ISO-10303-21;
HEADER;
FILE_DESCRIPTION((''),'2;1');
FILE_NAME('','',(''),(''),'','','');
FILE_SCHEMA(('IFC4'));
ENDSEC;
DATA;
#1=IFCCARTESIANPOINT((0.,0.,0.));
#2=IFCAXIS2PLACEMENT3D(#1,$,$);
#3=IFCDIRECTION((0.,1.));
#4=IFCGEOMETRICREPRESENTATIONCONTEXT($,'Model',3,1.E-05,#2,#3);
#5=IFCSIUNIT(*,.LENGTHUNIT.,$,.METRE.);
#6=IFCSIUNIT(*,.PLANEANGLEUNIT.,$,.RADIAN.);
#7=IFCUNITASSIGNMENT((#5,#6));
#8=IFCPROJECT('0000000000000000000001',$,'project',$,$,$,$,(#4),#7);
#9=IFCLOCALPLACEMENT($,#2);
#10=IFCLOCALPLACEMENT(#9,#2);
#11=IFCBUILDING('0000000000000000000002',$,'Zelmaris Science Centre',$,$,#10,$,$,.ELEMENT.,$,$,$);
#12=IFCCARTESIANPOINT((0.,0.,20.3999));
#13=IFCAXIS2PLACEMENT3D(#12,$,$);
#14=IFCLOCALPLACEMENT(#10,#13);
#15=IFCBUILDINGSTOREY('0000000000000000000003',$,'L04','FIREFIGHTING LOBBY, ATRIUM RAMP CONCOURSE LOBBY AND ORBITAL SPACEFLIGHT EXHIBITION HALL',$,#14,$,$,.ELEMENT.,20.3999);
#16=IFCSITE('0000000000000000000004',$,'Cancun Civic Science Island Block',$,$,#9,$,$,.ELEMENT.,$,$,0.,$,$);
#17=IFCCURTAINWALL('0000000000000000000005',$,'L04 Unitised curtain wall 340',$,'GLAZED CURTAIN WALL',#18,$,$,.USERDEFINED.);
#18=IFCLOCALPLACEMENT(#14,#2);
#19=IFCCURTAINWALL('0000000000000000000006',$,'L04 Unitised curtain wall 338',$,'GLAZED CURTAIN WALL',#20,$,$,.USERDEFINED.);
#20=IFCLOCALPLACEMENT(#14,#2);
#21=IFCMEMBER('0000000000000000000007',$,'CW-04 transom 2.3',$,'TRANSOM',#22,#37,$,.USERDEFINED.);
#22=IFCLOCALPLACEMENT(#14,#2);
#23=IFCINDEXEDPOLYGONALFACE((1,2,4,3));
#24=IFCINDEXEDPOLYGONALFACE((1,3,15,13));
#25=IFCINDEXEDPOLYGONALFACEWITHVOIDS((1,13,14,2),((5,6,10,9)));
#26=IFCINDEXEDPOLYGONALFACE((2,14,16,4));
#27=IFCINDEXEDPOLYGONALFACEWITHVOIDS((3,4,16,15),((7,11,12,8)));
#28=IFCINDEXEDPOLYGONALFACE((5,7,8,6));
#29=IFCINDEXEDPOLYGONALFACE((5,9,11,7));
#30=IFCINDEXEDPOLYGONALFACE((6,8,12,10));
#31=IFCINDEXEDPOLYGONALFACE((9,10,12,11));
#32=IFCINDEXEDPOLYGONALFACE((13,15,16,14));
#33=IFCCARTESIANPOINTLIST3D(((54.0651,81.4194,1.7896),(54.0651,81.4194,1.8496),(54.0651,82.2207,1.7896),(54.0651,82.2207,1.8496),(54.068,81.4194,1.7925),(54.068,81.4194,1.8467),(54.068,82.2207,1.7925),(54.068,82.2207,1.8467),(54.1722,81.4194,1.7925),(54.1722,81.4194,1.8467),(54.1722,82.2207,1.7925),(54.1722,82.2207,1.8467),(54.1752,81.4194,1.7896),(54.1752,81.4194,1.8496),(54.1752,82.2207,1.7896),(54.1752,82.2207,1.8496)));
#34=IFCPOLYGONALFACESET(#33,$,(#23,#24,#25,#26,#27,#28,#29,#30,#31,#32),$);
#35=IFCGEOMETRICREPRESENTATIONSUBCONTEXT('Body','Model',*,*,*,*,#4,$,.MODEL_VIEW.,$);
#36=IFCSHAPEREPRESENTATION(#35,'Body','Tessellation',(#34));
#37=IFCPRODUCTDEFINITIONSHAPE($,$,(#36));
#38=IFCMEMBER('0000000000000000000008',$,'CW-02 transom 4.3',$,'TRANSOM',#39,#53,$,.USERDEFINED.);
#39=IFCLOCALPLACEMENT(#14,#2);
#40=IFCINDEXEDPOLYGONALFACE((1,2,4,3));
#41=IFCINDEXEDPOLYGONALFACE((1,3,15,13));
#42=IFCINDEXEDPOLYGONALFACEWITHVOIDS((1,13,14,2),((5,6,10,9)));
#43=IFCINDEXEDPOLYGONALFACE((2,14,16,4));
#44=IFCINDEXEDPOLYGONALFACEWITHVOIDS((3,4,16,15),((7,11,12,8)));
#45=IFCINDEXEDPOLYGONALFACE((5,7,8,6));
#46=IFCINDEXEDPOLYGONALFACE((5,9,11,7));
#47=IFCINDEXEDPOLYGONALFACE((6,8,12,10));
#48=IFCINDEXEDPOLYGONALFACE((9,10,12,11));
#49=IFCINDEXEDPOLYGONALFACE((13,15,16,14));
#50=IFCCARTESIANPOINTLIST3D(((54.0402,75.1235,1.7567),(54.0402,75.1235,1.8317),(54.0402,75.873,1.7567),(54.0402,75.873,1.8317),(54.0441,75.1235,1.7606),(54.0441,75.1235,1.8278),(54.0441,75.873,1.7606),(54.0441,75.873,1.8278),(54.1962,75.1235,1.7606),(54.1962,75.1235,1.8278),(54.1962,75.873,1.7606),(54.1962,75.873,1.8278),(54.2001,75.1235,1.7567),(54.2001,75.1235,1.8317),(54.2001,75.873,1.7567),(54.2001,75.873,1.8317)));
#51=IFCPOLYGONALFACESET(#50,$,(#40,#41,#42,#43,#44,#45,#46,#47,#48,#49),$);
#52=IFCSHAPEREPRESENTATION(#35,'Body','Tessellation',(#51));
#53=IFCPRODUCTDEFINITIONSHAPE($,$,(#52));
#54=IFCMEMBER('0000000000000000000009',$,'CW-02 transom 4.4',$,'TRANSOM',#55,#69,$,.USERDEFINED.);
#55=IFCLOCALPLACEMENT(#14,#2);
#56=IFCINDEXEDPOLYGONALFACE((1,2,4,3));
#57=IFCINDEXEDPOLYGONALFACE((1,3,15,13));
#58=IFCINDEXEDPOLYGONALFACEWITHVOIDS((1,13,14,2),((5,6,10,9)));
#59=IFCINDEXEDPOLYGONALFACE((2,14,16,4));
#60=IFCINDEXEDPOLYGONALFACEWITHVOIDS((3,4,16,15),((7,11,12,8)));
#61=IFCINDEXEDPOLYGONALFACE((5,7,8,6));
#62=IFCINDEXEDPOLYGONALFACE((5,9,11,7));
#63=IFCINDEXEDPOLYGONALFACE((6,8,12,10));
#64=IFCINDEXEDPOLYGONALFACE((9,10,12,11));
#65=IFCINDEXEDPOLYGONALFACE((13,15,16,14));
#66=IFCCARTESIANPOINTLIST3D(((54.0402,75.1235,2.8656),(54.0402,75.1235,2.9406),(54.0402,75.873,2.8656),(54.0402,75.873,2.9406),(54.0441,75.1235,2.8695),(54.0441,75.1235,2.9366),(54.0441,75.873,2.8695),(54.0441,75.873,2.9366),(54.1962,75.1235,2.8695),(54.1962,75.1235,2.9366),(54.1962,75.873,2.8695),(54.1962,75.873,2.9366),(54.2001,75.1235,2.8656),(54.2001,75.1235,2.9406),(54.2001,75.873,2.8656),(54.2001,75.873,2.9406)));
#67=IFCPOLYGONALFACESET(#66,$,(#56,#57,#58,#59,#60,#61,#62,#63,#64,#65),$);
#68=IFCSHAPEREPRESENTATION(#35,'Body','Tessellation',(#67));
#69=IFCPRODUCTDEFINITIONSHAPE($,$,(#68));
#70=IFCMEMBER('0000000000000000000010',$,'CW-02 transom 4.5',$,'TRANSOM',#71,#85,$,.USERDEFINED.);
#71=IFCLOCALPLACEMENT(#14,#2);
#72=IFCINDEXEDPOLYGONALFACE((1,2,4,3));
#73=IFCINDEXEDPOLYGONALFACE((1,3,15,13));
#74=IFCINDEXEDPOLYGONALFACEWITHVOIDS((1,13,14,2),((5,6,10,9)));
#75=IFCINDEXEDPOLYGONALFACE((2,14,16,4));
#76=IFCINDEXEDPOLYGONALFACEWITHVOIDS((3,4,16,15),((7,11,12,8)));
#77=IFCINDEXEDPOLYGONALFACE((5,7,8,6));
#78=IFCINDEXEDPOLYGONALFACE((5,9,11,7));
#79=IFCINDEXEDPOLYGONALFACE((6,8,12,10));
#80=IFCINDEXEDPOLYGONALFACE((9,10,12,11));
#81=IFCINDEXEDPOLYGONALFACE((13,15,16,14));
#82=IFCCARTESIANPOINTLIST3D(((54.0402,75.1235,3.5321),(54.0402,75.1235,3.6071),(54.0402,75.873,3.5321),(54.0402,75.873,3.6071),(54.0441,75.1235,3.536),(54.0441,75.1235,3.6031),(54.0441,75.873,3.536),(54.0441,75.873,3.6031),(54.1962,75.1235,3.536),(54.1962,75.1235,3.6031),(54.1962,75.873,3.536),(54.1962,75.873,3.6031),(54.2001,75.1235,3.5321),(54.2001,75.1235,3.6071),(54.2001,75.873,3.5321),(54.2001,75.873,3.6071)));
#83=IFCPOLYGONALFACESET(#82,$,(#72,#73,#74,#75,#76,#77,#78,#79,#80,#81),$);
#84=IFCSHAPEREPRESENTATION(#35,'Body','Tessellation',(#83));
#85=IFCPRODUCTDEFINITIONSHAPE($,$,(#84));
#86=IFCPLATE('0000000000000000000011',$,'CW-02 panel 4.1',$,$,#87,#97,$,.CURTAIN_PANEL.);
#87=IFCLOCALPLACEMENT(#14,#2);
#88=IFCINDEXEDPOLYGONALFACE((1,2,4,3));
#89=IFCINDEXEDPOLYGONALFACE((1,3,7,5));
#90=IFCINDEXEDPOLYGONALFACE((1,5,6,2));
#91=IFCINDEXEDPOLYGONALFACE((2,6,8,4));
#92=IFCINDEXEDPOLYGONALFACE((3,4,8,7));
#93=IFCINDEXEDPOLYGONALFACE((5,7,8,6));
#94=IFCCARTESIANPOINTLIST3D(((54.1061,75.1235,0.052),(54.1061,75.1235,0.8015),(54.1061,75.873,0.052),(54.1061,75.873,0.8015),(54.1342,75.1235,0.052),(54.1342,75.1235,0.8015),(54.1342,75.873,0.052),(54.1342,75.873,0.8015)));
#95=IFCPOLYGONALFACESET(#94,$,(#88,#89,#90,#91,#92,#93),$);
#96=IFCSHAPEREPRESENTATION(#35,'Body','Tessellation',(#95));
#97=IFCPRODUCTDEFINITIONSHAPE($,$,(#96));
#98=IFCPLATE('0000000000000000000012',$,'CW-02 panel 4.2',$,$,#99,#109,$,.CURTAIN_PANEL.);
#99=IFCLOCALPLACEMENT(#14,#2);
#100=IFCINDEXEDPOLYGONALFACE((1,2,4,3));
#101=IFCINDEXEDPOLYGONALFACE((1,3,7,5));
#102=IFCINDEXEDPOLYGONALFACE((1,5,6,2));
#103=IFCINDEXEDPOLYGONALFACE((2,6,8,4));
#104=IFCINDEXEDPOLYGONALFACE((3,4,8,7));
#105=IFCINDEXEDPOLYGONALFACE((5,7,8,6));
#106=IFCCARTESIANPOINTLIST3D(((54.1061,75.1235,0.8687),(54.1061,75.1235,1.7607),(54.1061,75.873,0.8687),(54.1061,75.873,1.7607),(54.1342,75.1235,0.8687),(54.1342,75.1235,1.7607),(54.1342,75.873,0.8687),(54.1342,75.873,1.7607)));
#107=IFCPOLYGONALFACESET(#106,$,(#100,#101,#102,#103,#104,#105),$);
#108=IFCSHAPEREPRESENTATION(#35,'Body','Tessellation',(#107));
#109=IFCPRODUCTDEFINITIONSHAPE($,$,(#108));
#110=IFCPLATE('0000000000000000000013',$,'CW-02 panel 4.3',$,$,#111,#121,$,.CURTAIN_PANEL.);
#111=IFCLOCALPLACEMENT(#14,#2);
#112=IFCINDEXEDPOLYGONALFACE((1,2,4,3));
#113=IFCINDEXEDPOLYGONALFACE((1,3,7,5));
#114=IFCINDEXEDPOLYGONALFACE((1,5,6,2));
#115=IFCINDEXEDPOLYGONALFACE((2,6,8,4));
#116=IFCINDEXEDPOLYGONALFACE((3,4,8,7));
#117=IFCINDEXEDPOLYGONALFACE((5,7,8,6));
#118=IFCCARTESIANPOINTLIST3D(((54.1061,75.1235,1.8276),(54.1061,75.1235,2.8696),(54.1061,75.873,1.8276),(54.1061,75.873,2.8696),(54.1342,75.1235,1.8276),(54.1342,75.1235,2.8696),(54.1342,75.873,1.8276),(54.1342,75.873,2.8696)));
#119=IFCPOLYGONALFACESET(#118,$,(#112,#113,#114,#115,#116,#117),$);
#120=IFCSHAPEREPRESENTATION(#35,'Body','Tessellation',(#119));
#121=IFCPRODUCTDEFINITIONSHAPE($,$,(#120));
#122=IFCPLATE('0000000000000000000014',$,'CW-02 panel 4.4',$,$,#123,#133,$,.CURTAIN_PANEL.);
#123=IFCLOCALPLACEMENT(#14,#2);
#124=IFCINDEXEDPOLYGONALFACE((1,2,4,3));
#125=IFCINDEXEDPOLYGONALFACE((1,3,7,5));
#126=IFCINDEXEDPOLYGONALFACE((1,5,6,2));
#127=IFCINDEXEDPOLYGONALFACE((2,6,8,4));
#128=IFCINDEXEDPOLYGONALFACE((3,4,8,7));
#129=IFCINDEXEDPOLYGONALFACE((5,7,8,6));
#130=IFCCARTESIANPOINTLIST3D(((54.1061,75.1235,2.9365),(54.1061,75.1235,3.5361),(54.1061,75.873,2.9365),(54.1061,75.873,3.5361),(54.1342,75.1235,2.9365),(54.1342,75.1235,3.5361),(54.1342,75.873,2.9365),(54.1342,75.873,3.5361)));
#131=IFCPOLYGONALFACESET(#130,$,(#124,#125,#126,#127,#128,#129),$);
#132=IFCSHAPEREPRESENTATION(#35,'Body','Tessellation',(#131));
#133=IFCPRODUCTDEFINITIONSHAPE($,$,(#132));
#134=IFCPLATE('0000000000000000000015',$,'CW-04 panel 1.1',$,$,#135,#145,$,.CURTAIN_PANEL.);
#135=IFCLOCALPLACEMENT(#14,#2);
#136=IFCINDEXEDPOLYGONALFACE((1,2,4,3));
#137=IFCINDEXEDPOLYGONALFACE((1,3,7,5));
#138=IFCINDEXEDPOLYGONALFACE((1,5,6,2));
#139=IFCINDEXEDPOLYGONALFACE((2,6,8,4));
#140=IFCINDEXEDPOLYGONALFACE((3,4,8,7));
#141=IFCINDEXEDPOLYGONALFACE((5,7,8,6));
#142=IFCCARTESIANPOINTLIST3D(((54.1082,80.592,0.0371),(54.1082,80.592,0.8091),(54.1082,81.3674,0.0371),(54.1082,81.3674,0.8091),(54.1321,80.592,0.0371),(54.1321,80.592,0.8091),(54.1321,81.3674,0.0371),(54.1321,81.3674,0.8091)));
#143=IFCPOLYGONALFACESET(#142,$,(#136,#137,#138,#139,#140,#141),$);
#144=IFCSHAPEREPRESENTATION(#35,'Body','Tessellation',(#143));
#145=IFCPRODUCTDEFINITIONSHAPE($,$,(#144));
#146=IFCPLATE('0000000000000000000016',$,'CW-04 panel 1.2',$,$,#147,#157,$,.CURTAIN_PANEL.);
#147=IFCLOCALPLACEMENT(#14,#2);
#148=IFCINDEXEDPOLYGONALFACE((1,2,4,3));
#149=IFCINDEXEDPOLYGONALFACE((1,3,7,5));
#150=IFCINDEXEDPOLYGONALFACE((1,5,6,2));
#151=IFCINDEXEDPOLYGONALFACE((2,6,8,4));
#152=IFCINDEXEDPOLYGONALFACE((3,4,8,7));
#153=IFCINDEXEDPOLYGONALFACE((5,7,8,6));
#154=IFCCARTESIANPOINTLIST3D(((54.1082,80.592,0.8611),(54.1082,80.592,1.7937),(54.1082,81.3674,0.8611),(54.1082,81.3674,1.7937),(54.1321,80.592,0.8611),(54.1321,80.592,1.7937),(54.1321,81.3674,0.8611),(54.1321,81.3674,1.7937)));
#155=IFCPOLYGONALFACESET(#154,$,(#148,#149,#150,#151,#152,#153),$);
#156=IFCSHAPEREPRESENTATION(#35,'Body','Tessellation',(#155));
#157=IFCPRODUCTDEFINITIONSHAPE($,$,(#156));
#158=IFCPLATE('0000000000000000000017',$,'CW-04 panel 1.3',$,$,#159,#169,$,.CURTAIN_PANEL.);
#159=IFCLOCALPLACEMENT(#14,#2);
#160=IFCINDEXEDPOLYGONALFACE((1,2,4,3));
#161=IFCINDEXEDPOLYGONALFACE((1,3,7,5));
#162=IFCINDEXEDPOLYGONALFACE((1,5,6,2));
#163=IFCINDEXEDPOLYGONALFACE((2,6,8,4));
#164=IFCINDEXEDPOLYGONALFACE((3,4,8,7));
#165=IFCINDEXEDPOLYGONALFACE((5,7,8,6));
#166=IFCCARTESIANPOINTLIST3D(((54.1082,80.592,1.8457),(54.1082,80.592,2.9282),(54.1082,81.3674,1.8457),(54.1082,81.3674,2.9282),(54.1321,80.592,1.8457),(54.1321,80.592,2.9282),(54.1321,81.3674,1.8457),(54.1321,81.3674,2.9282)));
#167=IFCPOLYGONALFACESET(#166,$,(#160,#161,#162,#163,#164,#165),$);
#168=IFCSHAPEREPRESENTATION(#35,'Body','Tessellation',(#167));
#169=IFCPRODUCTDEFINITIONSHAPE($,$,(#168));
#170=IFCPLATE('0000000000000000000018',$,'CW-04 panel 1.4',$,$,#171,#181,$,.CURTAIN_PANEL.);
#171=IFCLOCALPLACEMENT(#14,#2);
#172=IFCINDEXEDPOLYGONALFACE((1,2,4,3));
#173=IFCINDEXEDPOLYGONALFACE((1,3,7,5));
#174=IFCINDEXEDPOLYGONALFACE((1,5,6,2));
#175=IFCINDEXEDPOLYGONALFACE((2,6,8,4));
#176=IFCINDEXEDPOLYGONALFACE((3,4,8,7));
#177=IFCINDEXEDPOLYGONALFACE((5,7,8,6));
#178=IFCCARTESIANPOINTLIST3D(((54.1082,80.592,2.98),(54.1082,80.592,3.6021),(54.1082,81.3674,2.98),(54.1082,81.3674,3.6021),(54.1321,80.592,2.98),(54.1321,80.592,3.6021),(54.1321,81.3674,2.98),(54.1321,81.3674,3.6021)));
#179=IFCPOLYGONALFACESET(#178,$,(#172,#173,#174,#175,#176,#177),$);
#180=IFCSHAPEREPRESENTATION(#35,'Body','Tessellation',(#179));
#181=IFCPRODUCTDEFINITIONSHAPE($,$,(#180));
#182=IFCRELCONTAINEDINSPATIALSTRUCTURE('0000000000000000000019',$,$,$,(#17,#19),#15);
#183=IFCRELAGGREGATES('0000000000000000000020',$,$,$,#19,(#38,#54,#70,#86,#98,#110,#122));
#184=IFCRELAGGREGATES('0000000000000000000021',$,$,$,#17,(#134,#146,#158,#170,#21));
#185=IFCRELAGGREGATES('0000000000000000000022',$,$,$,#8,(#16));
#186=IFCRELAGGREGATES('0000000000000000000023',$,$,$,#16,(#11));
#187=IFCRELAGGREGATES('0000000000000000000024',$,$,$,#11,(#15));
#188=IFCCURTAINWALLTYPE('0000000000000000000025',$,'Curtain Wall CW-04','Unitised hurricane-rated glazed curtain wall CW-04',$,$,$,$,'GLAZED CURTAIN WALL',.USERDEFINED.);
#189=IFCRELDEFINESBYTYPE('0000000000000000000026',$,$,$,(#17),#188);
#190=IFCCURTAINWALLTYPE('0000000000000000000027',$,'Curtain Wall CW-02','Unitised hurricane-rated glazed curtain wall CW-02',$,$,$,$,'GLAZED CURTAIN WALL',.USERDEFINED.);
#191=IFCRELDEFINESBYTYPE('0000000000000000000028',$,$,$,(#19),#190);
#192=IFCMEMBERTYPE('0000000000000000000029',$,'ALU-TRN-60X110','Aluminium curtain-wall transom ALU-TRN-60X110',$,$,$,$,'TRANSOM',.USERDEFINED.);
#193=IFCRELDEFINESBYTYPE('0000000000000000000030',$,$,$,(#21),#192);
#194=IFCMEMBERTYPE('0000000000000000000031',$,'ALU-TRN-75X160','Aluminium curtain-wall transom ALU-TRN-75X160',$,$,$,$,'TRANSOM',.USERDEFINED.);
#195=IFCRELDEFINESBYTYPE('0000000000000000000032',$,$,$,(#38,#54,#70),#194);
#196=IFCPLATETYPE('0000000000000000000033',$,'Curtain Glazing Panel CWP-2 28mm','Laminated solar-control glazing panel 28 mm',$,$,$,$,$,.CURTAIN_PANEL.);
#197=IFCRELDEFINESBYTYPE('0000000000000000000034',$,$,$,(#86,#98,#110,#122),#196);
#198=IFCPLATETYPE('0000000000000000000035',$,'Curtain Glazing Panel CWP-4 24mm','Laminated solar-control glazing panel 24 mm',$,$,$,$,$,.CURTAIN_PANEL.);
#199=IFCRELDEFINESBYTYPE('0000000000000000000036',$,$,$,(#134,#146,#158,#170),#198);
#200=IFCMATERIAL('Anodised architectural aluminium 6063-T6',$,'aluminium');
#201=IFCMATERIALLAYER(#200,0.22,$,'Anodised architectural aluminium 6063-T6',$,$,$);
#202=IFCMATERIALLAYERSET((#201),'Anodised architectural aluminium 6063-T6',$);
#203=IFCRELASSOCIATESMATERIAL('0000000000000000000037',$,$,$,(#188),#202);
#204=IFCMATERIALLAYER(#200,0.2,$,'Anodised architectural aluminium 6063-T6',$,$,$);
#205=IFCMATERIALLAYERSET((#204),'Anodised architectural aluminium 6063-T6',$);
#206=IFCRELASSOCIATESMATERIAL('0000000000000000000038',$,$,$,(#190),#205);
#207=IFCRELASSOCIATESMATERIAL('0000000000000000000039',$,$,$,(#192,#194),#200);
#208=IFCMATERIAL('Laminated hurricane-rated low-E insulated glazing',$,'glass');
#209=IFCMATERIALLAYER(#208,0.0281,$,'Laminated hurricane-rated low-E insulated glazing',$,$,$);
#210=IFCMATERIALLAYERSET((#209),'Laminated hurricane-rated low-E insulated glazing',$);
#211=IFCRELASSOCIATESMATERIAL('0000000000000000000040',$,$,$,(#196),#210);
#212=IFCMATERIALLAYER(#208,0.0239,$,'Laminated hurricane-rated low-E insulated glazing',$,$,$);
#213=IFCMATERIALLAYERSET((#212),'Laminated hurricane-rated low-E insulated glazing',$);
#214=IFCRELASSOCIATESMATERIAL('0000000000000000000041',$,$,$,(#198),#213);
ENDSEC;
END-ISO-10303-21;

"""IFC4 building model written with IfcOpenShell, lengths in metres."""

from ifc_helpers import new_model, si_unit, direction, frame, origin, origin_2d, place, context, subcontext, project, spatial, rectangle, hollow_rectangle, extrude, material, layer, layer_set, material_profile, profile_set, type_object, element, aggregate, save


model = new_model("IFC4")

# Units and contexts
model_context = context("Model", 3, precision=1e-05, world=origin(), true_north=direction((0.0, 1.0)))
body_context = subcontext(model_context, "Body", "Model", "MODEL_VIEW")
ifc_project = project(units=[si_unit("LENGTHUNIT", "METRE"), si_unit("PLANEANGLEUNIT", "RADIAN")], contexts=[model_context])

# Site, building, storey
site_placement = place(None, origin())
site = spatial("IfcSite", under=ifc_project, at=site_placement, Name="Cancun Civic Science Island Block", CompositionType="ELEMENT", RefElevation=0.0)
building_placement = place(site_placement, origin())
building = spatial("IfcBuilding", under=site, at=building_placement, Name="Zelmaris Science Centre", CompositionType="ELEMENT")
storey_placement = place(building_placement, frame((0.0, 0.0, 20.3999)))
storey = spatial("IfcBuildingStorey", under=building, at=storey_placement, Name="L04", Description="FIREFIGHTING LOBBY, ATRIUM RAMP CONCOURSE LOBBY AND ORBITAL SPACEFLIGHT EXHIBITION HALL", CompositionType="ELEMENT", Elevation=20.3999)

# Curtain wall
ifc_material_1 = material(Name="Anodised architectural aluminium 6063-T6", Category="aluminium")
ifc_layer_1 = layer(ifc_material_1, 0.22, Name="Anodised architectural aluminium 6063-T6")
ifc_layer_set_1 = layer_set([ifc_layer_1], Name="Anodised architectural aluminium 6063-T6")
curtain_wall_type_1 = type_object("IfcCurtainWallType", Name="Curtain Wall CW-04", Description="Unitised hurricane-rated glazed curtain wall CW-04", ElementType="GLAZED CURTAIN WALL", PredefinedType="USERDEFINED", material=ifc_layer_set_1)
curtain_wall_1_placement = place(storey_placement, origin())
curtain_wall_1 = element("IfcCurtainWall", 1, at=curtain_wall_1_placement, inside=storey, type_object=curtain_wall_type_1, Name="L04 Unitised curtain wall 340", ObjectType="GLAZED CURTAIN WALL", PredefinedType="USERDEFINED")

# Curtain wall
ifc_layer_2 = layer(ifc_material_1, 0.2, Name="Anodised architectural aluminium 6063-T6")
ifc_layer_set_2 = layer_set([ifc_layer_2], Name="Anodised architectural aluminium 6063-T6")
curtain_wall_type_2 = type_object("IfcCurtainWallType", Name="Curtain Wall CW-02", Description="Unitised hurricane-rated glazed curtain wall CW-02", ElementType="GLAZED CURTAIN WALL", PredefinedType="USERDEFINED", material=ifc_layer_set_2)
curtain_wall_2_placement = place(storey_placement, origin())
curtain_wall_2 = element("IfcCurtainWall", 2, at=curtain_wall_2_placement, inside=storey, type_object=curtain_wall_type_2, Name="L04 Unitised curtain wall 338", ObjectType="GLAZED CURTAIN WALL", PredefinedType="USERDEFINED")

# Members
ifc_material_profile_1 = material_profile(ifc_material_1, hollow_rectangle(XDim=0.0601, YDim=0.1101, WallThickness=0.0029, at=origin_2d()), Name="ALU-TRN-60X110")
ifc_profile_set_1 = profile_set([ifc_material_profile_1], Name="Anodised architectural aluminium 6063-T6")
member_type_1 = type_object("IfcMemberType", Name="ALU-TRN-60X110", Description="Aluminium curtain-wall transom ALU-TRN-60X110", ElementType="TRANSOM", PredefinedType="USERDEFINED", material=ifc_profile_set_1)
member_1_placement = place(storey_placement, frame((54.1201, 81.4194, 1.8196), z_axis=(0.0, 1.0, 0.0), x_axis=(0.0, 0.0, 1.0)))
member_1 = element("IfcMember", 3, at=member_1_placement, type_object=member_type_1, Name="CW-04 transom 2.3", ObjectType="TRANSOM", PredefinedType="USERDEFINED", context=body_context, shape_type="SweptSolid", body=[
    extrude(hollow_rectangle(XDim=0.0601, YDim=0.1101, WallThickness=0.0029, at=origin_2d()), origin(), (0.0, 0.0, 1.0), 0.8013),
])
ifc_material_profile_2 = material_profile(ifc_material_1, hollow_rectangle(XDim=0.075, YDim=0.1599, WallThickness=0.0039, at=origin_2d()), Name="ALU-TRN-75X160")
ifc_profile_set_2 = profile_set([ifc_material_profile_2], Name="Anodised architectural aluminium 6063-T6")
member_type_2 = type_object("IfcMemberType", Name="ALU-TRN-75X160", Description="Aluminium curtain-wall transom ALU-TRN-75X160", ElementType="TRANSOM", PredefinedType="USERDEFINED", material=ifc_profile_set_2)
member_2_placement = place(storey_placement, frame((54.1201, 75.1235, 1.7942), z_axis=(0.0, 1.0, 0.0), x_axis=(0.0, 0.0, 1.0)))
member_2 = element("IfcMember", 4, at=member_2_placement, type_object=member_type_2, Name="CW-02 transom 4.3", ObjectType="TRANSOM", PredefinedType="USERDEFINED", context=body_context, shape_type="SweptSolid", body=[
    extrude(hollow_rectangle(XDim=0.075, YDim=0.1599, WallThickness=0.0039, at=origin_2d()), origin(), (0.0, 0.0, 1.0), 0.7495),
])
member_3_placement = place(storey_placement, frame((54.1201, 75.1235, 2.9031), z_axis=(0.0, 1.0, 0.0), x_axis=(0.0, 0.0, 1.0)))
member_3 = element("IfcMember", 5, at=member_3_placement, type_object=member_type_2, Name="CW-02 transom 4.4", ObjectType="TRANSOM", PredefinedType="USERDEFINED", context=body_context, shape_type="SweptSolid", body=[
    extrude(hollow_rectangle(XDim=0.075, YDim=0.1599, WallThickness=0.0039, at=origin_2d()), origin(), (0.0, 0.0, 1.0), 0.7495),
])
member_4_placement = place(storey_placement, frame((54.1201, 75.1235, 3.5696), z_axis=(0.0, 1.0, 0.0), x_axis=(0.0, 0.0, 1.0)))
member_4 = element("IfcMember", 6, at=member_4_placement, type_object=member_type_2, Name="CW-02 transom 4.5", ObjectType="TRANSOM", PredefinedType="USERDEFINED", context=body_context, shape_type="SweptSolid", body=[
    extrude(hollow_rectangle(XDim=0.075, YDim=0.1599, WallThickness=0.0039, at=origin_2d()), origin(), (0.0, 0.0, 1.0), 0.7495),
])

# Plates
ifc_material_2 = material(Name="Laminated hurricane-rated low-E insulated glazing", Category="glass")
ifc_layer_3 = layer(ifc_material_2, 0.0281, Name="Laminated hurricane-rated low-E insulated glazing")
ifc_layer_set_3 = layer_set([ifc_layer_3], Name="Laminated hurricane-rated low-E insulated glazing")
plate_type_1 = type_object("IfcPlateType", Name="Curtain Glazing Panel CWP-2 28mm", Description="Laminated solar-control glazing panel 28 mm", PredefinedType="CURTAIN_PANEL", material=ifc_layer_set_3)
plate_1_placement = place(storey_placement, frame((54.1201, 75.4983, 0.052), z_axis=(0.0, 0.0, 1.0), x_axis=(0.0, 1.0, 0.0)))
plate_1 = element("IfcPlate", 7, at=plate_1_placement, type_object=plate_type_1, Name="CW-02 panel 4.1", PredefinedType="CURTAIN_PANEL", context=body_context, shape_type="SweptSolid", body=[
    extrude(rectangle(XDim=0.7495, YDim=0.0281, at=origin_2d()), origin(), (0.0, 0.0, 1.0), 0.7495),
])
plate_2_placement = place(storey_placement, frame((54.1201, 75.4983, 0.8687), z_axis=(0.0, 0.0, 1.0), x_axis=(0.0, 1.0, 0.0)))
plate_2 = element("IfcPlate", 8, at=plate_2_placement, type_object=plate_type_1, Name="CW-02 panel 4.2", PredefinedType="CURTAIN_PANEL", context=body_context, shape_type="SweptSolid", body=[
    extrude(rectangle(XDim=0.7495, YDim=0.0281, at=origin_2d()), origin(), (0.0, 0.0, 1.0), 0.8921),
])
plate_3_placement = place(storey_placement, frame((54.1201, 75.4983, 1.8276), z_axis=(0.0, 0.0, 1.0), x_axis=(0.0, 1.0, 0.0)))
plate_3 = element("IfcPlate", 9, at=plate_3_placement, type_object=plate_type_1, Name="CW-02 panel 4.3", PredefinedType="CURTAIN_PANEL", context=body_context, shape_type="SweptSolid", body=[
    extrude(rectangle(XDim=0.7495, YDim=0.0281, at=origin_2d()), origin(), (0.0, 0.0, 1.0), 1.042),
])
plate_4_placement = place(storey_placement, frame((54.1201, 75.4983, 2.9365), z_axis=(0.0, 0.0, 1.0), x_axis=(0.0, 1.0, 0.0)))
plate_4 = element("IfcPlate", 10, at=plate_4_placement, type_object=plate_type_1, Name="CW-02 panel 4.4", PredefinedType="CURTAIN_PANEL", context=body_context, shape_type="SweptSolid", body=[
    extrude(rectangle(XDim=0.7495, YDim=0.0281, at=origin_2d()), origin(), (0.0, 0.0, 1.0), 0.5996),
])
aggregate(curtain_wall_2, [member_2, member_3, member_4, plate_1, plate_2, plate_3, plate_4])
ifc_layer_4 = layer(ifc_material_2, 0.0239, Name="Laminated hurricane-rated low-E insulated glazing")
ifc_layer_set_4 = layer_set([ifc_layer_4], Name="Laminated hurricane-rated low-E insulated glazing")
plate_type_2 = type_object("IfcPlateType", Name="Curtain Glazing Panel CWP-4 24mm", Description="Laminated solar-control glazing panel 24 mm", PredefinedType="CURTAIN_PANEL", material=ifc_layer_set_4)
plate_5_placement = place(storey_placement, frame((54.1201, 80.9797, 0.0371), z_axis=(0.0, 0.0, 1.0), x_axis=(0.0, 1.0, 0.0)))
plate_5 = element("IfcPlate", 11, at=plate_5_placement, type_object=plate_type_2, Name="CW-04 panel 1.1", PredefinedType="CURTAIN_PANEL", context=body_context, shape_type="SweptSolid", body=[
    extrude(rectangle(XDim=0.7754, YDim=0.0239, at=origin_2d()), origin(), (0.0, 0.0, 1.0), 0.772),
])
plate_6_placement = place(storey_placement, frame((54.1201, 80.9797, 0.8611), z_axis=(0.0, 0.0, 1.0), x_axis=(0.0, 1.0, 0.0)))
plate_6 = element("IfcPlate", 12, at=plate_6_placement, type_object=plate_type_2, Name="CW-04 panel 1.2", PredefinedType="CURTAIN_PANEL", context=body_context, shape_type="SweptSolid", body=[
    extrude(rectangle(XDim=0.7754, YDim=0.0239, at=origin_2d()), origin(), (0.0, 0.0, 1.0), 0.9326),
])
plate_7_placement = place(storey_placement, frame((54.1201, 80.9797, 1.8457), z_axis=(0.0, 0.0, 1.0), x_axis=(0.0, 1.0, 0.0)))
plate_7 = element("IfcPlate", 13, at=plate_7_placement, type_object=plate_type_2, Name="CW-04 panel 1.3", PredefinedType="CURTAIN_PANEL", context=body_context, shape_type="SweptSolid", body=[
    extrude(rectangle(XDim=0.7754, YDim=0.0239, at=origin_2d()), origin(), (0.0, 0.0, 1.0), 1.0825),
])
plate_8_placement = place(storey_placement, frame((54.1201, 80.9797, 2.98), z_axis=(0.0, 0.0, 1.0), x_axis=(0.0, 1.0, 0.0)))
plate_8 = element("IfcPlate", 14, at=plate_8_placement, type_object=plate_type_2, Name="CW-04 panel 1.4", PredefinedType="CURTAIN_PANEL", context=body_context, shape_type="SweptSolid", body=[
    extrude(rectangle(XDim=0.7754, YDim=0.0239, at=origin_2d()), origin(), (0.0, 0.0, 1.0), 0.6221),
])
aggregate(curtain_wall_1, [plate_5, plate_6, plate_7, plate_8, member_1])

save(model, "model.ifc")
